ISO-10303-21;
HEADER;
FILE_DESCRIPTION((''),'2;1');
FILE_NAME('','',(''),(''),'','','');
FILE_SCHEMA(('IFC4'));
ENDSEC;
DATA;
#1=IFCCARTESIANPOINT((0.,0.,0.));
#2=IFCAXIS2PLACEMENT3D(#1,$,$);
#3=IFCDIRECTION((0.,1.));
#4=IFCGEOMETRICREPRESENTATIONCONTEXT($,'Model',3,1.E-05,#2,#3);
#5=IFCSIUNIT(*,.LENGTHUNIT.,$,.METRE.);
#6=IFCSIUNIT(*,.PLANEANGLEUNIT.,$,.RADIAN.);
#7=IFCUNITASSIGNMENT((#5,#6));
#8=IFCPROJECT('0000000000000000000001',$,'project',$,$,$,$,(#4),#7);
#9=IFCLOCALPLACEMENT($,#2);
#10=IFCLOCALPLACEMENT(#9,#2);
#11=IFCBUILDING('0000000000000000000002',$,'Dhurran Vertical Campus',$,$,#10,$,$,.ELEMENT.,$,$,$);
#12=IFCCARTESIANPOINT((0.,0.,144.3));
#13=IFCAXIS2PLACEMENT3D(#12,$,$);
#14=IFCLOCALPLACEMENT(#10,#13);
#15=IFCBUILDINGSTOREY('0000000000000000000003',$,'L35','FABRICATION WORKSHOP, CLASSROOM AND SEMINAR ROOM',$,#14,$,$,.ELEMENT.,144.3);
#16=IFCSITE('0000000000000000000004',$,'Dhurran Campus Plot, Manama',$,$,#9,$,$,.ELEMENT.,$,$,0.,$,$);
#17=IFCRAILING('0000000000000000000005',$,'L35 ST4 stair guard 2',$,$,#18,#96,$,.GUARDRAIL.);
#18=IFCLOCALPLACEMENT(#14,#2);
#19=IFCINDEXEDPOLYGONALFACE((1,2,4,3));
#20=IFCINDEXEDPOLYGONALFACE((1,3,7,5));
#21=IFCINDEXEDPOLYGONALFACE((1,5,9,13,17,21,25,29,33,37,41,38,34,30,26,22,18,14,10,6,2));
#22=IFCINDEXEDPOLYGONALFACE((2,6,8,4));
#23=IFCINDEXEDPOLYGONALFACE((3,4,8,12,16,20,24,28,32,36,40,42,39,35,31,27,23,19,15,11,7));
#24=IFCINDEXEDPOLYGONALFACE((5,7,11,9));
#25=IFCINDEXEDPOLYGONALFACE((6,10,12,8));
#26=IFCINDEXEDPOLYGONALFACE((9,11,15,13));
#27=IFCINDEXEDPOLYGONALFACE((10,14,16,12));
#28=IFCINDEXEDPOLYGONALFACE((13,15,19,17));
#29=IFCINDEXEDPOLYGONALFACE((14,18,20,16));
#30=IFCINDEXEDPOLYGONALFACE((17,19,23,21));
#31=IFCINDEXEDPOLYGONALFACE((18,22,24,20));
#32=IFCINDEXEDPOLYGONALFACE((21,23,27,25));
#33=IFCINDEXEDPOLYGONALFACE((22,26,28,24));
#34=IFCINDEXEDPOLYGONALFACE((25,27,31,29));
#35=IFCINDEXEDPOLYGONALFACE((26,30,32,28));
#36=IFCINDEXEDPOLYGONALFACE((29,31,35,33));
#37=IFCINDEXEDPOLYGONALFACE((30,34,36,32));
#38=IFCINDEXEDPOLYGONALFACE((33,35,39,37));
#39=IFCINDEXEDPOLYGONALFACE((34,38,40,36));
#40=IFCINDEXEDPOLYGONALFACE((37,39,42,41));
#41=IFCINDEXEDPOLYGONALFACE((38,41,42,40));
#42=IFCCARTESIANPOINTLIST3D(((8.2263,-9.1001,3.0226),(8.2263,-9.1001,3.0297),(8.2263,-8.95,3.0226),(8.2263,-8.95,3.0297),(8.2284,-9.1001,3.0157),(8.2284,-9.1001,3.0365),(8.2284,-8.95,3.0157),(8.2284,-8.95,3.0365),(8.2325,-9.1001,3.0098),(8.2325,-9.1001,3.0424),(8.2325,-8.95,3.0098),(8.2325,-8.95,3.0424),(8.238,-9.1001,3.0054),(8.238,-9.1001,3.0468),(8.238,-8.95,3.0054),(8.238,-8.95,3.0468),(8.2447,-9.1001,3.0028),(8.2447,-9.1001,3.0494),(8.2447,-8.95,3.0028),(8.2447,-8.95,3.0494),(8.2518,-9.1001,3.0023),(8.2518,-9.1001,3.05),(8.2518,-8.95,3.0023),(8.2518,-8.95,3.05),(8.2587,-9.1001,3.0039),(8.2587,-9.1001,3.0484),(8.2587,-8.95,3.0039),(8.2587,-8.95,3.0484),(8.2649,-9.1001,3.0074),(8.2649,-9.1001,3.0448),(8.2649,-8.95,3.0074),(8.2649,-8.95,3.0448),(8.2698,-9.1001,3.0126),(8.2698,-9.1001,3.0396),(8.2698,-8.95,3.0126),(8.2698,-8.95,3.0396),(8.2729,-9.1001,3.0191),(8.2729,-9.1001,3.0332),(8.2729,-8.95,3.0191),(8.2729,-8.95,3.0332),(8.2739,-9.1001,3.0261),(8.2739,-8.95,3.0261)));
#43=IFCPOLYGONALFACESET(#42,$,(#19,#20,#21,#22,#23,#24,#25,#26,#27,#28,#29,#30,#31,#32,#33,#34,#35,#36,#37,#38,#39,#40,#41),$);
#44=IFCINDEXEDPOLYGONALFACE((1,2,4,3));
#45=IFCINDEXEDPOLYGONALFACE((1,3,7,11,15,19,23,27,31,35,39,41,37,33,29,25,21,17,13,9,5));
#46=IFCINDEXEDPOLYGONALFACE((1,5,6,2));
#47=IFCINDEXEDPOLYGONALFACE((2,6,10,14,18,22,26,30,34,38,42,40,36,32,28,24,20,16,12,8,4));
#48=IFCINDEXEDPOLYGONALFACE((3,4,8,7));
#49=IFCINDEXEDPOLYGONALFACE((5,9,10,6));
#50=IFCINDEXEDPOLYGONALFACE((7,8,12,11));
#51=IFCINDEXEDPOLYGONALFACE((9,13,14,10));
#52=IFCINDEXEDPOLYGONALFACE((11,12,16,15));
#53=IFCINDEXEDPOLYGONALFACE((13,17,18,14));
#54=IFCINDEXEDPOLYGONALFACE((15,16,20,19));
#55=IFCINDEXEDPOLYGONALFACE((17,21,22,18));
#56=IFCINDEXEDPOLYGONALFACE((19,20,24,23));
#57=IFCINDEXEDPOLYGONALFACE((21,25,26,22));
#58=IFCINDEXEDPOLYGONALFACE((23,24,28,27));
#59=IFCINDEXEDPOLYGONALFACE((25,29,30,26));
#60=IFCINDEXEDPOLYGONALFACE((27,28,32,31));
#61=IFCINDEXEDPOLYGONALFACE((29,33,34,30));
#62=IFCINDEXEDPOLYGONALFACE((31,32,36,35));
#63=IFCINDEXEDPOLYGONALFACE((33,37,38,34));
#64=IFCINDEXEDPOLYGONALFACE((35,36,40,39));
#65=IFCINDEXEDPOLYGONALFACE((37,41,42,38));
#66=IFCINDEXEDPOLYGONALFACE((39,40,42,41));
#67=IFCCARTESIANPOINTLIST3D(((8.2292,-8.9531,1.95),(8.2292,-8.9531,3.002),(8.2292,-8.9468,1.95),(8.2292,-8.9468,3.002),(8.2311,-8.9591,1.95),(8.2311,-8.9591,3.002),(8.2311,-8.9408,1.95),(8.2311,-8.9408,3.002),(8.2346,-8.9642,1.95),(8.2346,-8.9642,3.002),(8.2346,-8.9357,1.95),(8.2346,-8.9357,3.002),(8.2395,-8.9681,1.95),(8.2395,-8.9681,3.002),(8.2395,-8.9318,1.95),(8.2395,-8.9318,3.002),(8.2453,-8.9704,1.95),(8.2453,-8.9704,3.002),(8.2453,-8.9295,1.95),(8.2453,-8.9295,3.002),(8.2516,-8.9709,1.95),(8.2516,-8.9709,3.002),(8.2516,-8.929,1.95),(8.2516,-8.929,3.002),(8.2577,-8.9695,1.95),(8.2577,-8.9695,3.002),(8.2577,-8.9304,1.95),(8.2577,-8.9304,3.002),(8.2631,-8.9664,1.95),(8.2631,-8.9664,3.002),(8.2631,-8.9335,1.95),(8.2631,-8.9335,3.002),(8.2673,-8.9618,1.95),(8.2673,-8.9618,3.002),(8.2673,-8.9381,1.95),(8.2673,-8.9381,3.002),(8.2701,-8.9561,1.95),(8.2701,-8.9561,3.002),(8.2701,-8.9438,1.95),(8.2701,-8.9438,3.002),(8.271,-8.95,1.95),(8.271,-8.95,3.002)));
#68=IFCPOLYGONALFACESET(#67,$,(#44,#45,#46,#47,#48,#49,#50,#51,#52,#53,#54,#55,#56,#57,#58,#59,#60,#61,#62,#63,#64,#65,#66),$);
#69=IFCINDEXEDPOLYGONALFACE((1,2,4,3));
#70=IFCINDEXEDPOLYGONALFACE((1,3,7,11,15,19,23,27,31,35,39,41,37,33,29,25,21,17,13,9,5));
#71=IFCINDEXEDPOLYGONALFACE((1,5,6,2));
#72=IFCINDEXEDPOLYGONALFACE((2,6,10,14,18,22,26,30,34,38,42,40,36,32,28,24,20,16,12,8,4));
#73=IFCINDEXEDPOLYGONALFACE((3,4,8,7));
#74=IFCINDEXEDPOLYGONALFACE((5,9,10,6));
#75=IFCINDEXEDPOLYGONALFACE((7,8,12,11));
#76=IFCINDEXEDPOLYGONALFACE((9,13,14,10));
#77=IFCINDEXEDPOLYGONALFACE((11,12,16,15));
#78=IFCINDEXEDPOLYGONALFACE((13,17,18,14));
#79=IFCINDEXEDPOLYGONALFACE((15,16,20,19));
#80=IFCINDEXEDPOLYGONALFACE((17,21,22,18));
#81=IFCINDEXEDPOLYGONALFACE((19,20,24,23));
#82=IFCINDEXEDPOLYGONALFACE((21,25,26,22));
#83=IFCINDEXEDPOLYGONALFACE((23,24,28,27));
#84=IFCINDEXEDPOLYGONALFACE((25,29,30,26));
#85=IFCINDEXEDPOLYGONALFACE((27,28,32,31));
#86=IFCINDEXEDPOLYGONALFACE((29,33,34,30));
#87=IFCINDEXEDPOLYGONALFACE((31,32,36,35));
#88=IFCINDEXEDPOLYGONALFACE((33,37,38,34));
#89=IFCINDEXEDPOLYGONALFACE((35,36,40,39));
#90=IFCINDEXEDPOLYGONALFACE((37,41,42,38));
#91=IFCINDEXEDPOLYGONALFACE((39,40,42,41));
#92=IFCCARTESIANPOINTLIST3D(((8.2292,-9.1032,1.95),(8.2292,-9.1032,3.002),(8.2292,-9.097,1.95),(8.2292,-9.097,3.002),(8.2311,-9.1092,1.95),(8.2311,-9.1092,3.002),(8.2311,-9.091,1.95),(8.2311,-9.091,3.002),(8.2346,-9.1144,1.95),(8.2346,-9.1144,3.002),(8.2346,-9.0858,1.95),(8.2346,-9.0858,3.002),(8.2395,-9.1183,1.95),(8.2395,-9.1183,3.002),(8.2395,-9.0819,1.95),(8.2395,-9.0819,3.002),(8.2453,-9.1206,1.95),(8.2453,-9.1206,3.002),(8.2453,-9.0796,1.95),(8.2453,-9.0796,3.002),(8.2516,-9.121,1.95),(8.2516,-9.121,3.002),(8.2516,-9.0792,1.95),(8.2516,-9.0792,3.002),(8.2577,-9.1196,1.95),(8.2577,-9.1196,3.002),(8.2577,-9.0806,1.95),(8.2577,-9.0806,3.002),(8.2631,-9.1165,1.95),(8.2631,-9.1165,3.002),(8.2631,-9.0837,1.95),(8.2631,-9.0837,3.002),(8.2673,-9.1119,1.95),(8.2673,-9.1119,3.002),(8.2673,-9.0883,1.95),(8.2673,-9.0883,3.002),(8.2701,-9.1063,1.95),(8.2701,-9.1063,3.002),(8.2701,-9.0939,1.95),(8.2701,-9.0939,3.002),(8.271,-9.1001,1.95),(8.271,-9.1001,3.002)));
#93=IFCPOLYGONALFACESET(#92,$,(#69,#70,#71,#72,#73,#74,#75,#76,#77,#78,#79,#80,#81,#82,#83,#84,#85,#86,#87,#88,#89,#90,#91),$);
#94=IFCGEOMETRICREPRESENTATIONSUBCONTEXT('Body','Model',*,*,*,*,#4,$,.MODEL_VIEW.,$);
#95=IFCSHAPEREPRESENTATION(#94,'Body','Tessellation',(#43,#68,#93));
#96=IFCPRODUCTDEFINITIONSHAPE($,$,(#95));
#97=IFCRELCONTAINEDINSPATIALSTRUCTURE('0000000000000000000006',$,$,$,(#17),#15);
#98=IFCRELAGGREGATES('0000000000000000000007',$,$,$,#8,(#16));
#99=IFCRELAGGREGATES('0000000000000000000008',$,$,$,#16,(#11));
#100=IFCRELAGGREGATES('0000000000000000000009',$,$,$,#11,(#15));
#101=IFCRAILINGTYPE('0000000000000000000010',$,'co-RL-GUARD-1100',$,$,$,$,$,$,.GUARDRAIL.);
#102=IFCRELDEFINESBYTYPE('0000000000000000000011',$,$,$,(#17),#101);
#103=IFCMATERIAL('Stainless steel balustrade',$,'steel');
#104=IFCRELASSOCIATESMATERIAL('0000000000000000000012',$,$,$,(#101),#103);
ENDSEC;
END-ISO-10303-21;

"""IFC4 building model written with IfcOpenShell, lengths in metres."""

from ifc_helpers import new_model, si_unit, direction, frame, origin, origin_2d, place, context, subcontext, project, spatial, circle, extrude, material, type_object, element, save


model = new_model("IFC4")

# Units and contexts
model_context = context("Model", 3, precision=1e-05, world=origin(), true_north=direction((0.0, 1.0)))
body_context = subcontext(model_context, "Body", "Model", "MODEL_VIEW")
ifc_project = project(units=[si_unit("LENGTHUNIT", "METRE"), si_unit("PLANEANGLEUNIT", "RADIAN")], contexts=[model_context])

# Site, building, storey
site_placement = place(None, origin())
site = spatial("IfcSite", under=ifc_project, at=site_placement, Name="Dhurran Campus Plot, Manama", CompositionType="ELEMENT", RefElevation=0.0)
building_placement = place(site_placement, origin())
building = spatial("IfcBuilding", under=site, at=building_placement, Name="Dhurran Vertical Campus", CompositionType="ELEMENT")
storey_placement = place(building_placement, frame((0.0, 0.0, 144.3)))
storey = spatial("IfcBuildingStorey", under=building, at=storey_placement, Name="L35", Description="FABRICATION WORKSHOP, CLASSROOM AND SEMINAR ROOM", CompositionType="ELEMENT", Elevation=144.3)

# Railing
ifc_material_1 = material(Name="Stainless steel balustrade", Category="steel")
railing_type_1 = type_object("IfcRailingType", Name="co-RL-GUARD-1100", PredefinedType="GUARDRAIL", material=ifc_material_1)
railing_1_placement = place(storey_placement, frame((8.25, -8.95, 1.95)))
element("IfcRailing", 1, at=railing_1_placement, inside=storey, type_object=railing_type_1, Name="L35 ST4 stair guard 2", PredefinedType="GUARDRAIL", context=body_context, shape_type="SweptSolid", body=[
    extrude(circle(Radius=0.0239, at=origin_2d()), frame((0.0, 0.0, 1.0762), z_axis=(0.0, -1.0, 0.0), x_axis=(1.0, 0.0, 0.0)), (0.0, 0.0, 1.0), 0.1501),
    extrude(circle(Radius=0.021, at=origin_2d()), origin(), (0.0, 0.0, 1.0), 1.052),
    extrude(circle(Radius=0.021, at=origin_2d()), frame((0.0, -0.1501, 0.0)), (0.0, 0.0, 1.0), 1.052),
])

save(model, "model.ifc")
